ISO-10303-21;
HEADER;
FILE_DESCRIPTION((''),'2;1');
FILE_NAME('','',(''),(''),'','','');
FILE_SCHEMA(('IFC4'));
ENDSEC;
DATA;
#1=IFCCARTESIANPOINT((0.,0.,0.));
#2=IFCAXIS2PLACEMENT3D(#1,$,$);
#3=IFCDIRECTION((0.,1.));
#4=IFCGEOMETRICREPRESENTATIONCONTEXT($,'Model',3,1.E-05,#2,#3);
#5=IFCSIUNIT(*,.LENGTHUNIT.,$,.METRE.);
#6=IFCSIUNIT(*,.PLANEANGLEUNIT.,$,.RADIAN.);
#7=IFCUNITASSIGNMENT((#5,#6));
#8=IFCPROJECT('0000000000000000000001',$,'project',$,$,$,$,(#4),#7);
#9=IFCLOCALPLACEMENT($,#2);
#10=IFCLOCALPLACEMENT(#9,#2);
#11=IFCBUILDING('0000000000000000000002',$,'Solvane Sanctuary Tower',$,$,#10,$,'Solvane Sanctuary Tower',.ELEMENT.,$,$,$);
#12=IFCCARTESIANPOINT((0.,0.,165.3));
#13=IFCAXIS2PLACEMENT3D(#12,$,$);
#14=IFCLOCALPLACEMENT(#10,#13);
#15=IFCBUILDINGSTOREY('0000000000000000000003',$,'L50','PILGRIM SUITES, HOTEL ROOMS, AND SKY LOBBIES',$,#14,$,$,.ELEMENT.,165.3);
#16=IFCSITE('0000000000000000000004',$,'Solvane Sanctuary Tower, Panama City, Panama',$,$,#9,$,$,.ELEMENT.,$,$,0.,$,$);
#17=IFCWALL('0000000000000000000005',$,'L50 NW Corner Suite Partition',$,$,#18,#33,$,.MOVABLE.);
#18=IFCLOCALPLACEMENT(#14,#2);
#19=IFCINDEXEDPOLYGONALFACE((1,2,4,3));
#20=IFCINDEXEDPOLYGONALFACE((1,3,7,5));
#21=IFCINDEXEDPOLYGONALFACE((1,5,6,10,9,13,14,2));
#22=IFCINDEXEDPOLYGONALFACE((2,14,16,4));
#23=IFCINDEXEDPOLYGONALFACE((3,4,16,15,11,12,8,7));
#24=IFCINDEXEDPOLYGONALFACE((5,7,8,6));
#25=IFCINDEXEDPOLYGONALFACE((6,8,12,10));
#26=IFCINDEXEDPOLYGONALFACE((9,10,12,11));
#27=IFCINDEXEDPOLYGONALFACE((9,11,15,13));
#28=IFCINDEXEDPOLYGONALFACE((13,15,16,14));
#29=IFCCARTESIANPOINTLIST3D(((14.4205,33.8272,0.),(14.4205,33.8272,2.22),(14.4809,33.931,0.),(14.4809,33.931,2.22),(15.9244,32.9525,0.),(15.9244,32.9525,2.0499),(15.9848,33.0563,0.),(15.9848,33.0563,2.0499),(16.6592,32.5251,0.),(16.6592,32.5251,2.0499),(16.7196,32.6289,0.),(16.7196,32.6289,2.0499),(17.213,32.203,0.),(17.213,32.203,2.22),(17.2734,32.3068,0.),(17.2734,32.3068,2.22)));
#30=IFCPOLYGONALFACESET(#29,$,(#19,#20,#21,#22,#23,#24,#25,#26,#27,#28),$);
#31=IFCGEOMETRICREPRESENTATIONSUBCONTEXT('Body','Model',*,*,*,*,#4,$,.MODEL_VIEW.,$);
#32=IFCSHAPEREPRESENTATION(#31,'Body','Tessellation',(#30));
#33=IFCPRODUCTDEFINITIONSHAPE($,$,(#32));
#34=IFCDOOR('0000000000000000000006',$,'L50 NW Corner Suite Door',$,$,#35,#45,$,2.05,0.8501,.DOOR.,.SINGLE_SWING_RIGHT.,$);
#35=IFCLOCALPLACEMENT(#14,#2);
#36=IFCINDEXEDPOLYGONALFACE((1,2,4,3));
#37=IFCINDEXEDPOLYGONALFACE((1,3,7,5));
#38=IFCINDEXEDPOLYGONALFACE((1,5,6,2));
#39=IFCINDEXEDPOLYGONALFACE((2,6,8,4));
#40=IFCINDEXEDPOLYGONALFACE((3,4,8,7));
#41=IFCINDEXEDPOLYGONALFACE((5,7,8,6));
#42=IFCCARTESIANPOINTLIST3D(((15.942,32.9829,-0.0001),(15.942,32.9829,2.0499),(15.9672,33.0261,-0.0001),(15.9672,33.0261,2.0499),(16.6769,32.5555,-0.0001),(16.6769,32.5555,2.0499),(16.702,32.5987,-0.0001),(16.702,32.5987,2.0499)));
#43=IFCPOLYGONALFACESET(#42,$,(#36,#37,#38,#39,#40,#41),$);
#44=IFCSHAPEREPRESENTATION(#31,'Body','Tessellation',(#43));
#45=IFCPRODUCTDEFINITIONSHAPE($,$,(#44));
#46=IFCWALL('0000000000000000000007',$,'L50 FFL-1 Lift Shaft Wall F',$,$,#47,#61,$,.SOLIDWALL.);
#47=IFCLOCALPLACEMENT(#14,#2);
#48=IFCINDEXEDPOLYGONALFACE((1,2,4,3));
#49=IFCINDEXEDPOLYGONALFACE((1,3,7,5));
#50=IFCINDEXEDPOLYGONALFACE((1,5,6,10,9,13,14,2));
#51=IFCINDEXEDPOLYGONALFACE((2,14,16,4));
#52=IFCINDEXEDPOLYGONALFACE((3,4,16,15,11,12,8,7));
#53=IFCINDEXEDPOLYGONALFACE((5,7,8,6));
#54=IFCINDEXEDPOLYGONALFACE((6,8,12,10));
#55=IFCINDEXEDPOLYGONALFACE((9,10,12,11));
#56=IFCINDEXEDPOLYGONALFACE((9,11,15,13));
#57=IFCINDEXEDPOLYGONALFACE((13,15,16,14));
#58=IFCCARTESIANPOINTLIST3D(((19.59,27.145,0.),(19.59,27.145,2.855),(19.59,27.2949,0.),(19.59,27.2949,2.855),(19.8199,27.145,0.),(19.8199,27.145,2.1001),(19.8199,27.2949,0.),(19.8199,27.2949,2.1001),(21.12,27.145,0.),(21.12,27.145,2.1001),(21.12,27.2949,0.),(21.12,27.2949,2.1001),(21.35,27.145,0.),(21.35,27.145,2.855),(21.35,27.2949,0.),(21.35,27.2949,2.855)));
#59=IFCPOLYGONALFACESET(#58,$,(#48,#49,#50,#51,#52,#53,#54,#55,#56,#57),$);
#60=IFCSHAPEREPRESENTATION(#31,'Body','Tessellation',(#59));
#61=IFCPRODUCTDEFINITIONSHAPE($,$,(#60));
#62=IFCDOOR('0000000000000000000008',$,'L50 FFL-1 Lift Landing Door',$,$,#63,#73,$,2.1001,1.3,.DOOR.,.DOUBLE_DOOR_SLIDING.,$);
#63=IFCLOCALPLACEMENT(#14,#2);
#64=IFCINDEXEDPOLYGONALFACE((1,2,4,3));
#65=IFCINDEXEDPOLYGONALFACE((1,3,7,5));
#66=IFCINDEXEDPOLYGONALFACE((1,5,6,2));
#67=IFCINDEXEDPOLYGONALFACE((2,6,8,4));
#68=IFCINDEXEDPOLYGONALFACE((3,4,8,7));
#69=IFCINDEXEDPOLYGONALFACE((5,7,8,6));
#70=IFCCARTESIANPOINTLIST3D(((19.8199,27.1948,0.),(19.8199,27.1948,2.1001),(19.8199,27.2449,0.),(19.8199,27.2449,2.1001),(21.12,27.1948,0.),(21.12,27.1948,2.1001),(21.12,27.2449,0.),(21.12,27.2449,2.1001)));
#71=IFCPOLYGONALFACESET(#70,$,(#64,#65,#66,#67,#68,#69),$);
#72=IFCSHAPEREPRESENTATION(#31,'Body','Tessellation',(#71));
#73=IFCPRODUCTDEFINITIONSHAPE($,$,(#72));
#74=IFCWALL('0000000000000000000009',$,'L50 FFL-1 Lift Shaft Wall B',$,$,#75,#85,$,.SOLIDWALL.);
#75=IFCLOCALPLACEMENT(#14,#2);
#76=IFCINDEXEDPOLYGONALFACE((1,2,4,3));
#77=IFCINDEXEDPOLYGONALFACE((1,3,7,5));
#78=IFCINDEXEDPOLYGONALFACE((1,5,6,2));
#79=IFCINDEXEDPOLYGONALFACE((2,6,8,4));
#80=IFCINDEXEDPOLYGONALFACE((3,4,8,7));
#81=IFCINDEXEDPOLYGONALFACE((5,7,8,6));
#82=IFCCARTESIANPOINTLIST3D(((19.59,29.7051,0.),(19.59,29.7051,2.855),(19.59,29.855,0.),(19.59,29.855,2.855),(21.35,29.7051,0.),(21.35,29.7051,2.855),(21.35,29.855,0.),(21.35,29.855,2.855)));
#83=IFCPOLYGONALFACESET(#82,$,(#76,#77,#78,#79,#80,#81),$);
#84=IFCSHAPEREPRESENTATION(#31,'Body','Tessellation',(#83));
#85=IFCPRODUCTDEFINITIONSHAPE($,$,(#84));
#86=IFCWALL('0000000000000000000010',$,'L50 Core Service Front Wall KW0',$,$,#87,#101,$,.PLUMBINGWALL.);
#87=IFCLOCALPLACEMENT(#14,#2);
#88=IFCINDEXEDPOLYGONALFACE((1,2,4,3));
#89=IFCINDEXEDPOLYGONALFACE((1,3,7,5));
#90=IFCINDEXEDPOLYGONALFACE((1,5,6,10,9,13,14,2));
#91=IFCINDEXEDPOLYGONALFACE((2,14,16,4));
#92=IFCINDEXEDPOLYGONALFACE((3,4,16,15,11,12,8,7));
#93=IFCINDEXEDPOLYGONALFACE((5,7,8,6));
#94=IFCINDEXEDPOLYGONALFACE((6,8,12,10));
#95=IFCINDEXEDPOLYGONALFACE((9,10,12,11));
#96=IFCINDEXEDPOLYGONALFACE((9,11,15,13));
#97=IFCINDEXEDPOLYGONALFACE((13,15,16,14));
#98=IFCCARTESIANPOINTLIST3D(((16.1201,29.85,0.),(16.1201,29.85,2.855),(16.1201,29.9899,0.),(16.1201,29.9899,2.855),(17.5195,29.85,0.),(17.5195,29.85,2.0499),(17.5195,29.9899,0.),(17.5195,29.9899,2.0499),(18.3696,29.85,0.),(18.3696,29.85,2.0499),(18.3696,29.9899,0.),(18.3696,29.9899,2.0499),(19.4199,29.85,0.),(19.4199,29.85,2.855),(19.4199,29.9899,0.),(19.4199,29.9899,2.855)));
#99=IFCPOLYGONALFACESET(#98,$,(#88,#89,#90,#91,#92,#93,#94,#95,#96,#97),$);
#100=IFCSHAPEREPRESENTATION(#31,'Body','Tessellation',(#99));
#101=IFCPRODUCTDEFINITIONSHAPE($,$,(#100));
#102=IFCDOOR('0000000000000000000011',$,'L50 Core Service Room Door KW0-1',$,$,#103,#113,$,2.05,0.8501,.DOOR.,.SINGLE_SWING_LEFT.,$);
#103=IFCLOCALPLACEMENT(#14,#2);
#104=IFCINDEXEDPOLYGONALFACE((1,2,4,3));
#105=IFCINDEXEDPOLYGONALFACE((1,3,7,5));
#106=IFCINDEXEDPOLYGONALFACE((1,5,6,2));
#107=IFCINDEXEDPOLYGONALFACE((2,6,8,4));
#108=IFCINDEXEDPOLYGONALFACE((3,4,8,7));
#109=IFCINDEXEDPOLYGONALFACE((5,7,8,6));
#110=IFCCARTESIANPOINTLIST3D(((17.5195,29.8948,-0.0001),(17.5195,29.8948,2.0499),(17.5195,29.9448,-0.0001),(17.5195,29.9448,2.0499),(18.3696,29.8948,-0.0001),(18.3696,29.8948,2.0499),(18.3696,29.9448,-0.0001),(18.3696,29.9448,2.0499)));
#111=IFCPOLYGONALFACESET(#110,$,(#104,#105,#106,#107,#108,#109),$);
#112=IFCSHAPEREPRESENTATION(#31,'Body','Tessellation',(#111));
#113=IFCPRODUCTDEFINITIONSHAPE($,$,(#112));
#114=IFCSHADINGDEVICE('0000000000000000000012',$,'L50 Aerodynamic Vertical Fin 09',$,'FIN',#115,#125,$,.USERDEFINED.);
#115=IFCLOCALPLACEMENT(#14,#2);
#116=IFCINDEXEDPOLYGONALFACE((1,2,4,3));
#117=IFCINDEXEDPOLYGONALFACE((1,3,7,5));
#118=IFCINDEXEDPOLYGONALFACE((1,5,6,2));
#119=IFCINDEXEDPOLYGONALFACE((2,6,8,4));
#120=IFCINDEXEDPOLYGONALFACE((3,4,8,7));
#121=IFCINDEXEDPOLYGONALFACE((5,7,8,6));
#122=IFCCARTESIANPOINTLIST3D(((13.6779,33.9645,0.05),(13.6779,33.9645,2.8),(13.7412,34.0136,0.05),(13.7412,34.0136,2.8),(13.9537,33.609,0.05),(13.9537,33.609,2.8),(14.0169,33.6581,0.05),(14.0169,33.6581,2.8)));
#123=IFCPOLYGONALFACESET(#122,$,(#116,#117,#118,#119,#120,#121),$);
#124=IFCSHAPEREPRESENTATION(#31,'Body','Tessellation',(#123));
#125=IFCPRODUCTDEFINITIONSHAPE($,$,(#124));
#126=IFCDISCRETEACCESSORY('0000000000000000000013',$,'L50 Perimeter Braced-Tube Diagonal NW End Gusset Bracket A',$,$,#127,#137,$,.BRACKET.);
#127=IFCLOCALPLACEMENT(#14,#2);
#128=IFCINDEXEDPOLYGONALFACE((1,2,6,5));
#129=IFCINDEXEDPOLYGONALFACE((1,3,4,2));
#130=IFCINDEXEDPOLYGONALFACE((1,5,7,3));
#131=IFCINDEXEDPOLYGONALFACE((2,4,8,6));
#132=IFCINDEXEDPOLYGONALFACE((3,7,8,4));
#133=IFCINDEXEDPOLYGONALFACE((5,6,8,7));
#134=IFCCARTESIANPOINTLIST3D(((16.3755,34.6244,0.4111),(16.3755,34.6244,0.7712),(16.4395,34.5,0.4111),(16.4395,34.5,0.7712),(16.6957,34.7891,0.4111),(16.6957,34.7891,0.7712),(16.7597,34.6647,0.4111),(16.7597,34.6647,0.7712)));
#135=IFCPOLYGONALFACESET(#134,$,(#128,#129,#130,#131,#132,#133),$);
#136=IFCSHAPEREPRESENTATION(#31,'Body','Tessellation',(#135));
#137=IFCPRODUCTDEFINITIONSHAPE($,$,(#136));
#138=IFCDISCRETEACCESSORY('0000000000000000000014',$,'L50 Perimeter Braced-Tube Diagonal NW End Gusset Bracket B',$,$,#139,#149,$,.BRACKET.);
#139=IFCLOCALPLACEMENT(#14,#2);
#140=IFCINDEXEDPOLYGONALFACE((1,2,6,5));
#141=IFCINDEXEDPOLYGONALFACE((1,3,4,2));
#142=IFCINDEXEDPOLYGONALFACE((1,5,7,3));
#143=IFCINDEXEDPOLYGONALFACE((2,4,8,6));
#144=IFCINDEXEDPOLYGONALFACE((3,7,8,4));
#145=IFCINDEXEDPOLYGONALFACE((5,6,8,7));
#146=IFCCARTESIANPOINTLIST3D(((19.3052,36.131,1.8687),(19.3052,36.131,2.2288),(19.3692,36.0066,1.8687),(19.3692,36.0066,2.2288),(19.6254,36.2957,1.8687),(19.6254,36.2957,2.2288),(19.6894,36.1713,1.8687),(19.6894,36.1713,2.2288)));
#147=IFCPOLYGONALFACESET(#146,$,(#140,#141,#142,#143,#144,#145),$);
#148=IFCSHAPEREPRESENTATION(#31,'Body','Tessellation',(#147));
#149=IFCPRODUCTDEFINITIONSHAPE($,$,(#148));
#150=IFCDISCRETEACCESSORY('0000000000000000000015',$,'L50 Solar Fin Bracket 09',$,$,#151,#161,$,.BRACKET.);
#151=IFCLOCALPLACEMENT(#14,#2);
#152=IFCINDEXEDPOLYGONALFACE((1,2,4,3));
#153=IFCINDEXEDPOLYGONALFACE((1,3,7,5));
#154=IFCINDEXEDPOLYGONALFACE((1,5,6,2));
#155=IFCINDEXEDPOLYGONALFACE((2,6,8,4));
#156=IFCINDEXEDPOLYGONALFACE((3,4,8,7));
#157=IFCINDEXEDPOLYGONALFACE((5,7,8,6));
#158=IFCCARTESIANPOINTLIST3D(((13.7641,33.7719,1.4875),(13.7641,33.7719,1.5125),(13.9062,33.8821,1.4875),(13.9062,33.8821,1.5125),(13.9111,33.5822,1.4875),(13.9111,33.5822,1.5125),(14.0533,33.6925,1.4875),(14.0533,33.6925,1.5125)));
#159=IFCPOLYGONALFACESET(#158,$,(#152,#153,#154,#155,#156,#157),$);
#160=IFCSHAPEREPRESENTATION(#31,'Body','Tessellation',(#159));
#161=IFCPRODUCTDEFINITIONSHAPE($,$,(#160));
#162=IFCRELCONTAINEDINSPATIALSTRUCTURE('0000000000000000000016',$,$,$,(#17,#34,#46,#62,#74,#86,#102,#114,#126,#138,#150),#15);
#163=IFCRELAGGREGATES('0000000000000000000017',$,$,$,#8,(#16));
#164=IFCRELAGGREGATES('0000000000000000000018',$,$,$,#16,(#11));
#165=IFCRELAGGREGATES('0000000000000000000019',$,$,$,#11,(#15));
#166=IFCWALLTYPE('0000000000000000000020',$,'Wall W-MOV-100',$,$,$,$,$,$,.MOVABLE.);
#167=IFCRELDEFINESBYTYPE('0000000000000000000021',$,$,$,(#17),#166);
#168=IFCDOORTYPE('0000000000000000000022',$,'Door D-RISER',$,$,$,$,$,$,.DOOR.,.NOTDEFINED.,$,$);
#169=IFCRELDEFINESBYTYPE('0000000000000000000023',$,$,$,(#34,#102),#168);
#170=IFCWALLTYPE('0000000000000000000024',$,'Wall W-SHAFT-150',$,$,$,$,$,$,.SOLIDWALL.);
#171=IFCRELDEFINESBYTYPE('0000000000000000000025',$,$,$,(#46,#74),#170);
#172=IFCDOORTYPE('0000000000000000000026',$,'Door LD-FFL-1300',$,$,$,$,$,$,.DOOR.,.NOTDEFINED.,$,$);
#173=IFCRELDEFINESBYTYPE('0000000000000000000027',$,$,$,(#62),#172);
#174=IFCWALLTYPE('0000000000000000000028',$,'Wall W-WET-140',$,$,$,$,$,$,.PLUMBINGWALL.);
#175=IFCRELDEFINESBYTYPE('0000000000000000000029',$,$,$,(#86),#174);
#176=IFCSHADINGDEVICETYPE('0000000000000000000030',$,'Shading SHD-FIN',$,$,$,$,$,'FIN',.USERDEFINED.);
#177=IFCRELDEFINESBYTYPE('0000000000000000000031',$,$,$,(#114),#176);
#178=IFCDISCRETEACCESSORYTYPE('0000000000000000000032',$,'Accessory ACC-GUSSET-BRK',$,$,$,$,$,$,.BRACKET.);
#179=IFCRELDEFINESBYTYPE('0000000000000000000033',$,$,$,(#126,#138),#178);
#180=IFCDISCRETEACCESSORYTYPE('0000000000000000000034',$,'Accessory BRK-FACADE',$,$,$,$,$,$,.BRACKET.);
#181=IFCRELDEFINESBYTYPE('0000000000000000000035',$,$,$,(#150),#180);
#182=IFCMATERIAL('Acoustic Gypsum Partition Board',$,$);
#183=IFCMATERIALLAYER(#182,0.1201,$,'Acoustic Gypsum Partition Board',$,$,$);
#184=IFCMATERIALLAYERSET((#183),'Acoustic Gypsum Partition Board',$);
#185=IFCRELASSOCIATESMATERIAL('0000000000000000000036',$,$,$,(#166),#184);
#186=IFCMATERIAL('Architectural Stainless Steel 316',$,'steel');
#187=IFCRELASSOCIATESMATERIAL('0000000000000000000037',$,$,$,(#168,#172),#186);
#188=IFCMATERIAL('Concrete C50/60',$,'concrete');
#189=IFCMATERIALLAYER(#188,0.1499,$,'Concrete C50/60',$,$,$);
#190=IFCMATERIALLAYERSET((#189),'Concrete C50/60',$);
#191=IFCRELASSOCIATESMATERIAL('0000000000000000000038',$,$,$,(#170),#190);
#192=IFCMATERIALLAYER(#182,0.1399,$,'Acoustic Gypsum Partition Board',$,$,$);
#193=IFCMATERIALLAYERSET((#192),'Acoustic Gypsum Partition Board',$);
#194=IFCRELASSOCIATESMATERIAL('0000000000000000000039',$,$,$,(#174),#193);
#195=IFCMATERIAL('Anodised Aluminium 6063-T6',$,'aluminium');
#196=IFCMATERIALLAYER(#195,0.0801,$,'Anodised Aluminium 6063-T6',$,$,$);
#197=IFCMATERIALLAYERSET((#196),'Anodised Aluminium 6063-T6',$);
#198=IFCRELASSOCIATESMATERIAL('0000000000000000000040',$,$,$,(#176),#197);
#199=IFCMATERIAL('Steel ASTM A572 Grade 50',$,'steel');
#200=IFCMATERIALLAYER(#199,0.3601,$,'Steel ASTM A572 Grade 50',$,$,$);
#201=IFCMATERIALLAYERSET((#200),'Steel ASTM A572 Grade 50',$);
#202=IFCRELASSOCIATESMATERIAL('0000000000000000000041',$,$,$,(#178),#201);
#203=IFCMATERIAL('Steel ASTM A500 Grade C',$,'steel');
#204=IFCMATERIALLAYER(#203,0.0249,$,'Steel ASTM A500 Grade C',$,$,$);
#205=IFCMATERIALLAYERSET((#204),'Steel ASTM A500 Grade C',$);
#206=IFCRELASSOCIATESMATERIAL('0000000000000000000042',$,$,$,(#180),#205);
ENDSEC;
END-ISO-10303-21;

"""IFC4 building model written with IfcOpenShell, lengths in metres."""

from ifc_helpers import new_model, si_unit, direction, frame, frame_2d, origin, origin_2d, place, context, subcontext, project, spatial, rectangle, extrude, material, layer, layer_set, type_object, element, fill, save


model = new_model("IFC4")

# Units and contexts
model_context = context("Model", 3, precision=1e-05, world=origin(), true_north=direction((0.0, 1.0)))
body_context = subcontext(model_context, "Body", "Model", "MODEL_VIEW")
ifc_project = project(units=[si_unit("LENGTHUNIT", "METRE"), si_unit("PLANEANGLEUNIT", "RADIAN")], contexts=[model_context])

# Site, building, storey
site_placement = place(None, origin())
site = spatial("IfcSite", under=ifc_project, at=site_placement, Name="Solvane Sanctuary Tower, Panama City, Panama", CompositionType="ELEMENT", RefElevation=0.0)
building_placement = place(site_placement, origin())
building = spatial("IfcBuilding", under=site, at=building_placement, Name="Solvane Sanctuary Tower", LongName="Solvane Sanctuary Tower", CompositionType="ELEMENT")
storey_placement = place(building_placement, frame((0.0, 0.0, 165.3)))
storey = spatial("IfcBuildingStorey", under=building, at=storey_placement, Name="L50", Description="PILGRIM SUITES, HOTEL ROOMS, AND SKY LOBBIES", CompositionType="ELEMENT", Elevation=165.3)

# Shared definitions
ifc_material_1 = material(Name="Acoustic Gypsum Partition Board")

# Walls, openings, doors
ifc_layer_1 = layer(ifc_material_1, 0.1201, Name="Acoustic Gypsum Partition Board")
ifc_layer_set_1 = layer_set([ifc_layer_1], Name="Acoustic Gypsum Partition Board")
wall_type_1 = type_object("IfcWallType", Name="Wall W-MOV-100", PredefinedType="MOVABLE", material=ifc_layer_set_1)
wall_1_placement = place(storey_placement, frame((17.2432, 32.2549, 0.0), z_axis=(0.0, 0.0, 1.0), x_axis=(-0.864409, 0.50279, 0.0)))
wall_1 = element("IfcWall", 1, at=wall_1_placement, inside=storey, type_object=wall_type_1, Name="L50 NW Corner Suite Partition", PredefinedType="MOVABLE", context=body_context, shape_type="SweptSolid", body=[
    extrude(rectangle(XDim=3.2305, YDim=0.1201, at=frame_2d((1.6152, 0.0))), origin(), (0.0, 0.0, 1.0), 2.22),
])
opening_1_placement = place(wall_1_placement, frame((0.6406, 0.0, 0.0)))
opening_1 = element("IfcOpeningElement", 2, at=opening_1_placement, cuts=wall_1, PredefinedType="OPENING", context=body_context, shape_type="SweptSolid", body=[
    extrude(rectangle(XDim=0.8501, YDim=2.05, at=frame_2d((0.425, 1.0249))), frame((0.0, 0.0701, 0.0), z_axis=(0.0, -1.0, 0.0), x_axis=(1.0, 0.0, 0.0)), (0.0, 0.0, 1.0), 0.1401),
])
ifc_material_2 = material(Name="Architectural Stainless Steel 316", Category="steel")
door_type_1 = type_object("IfcDoorType", Name="Door D-RISER", OperationType="NOTDEFINED", PredefinedType="DOOR", material=ifc_material_2)
door_1_placement = place(opening_1_placement, origin())
door_1 = element("IfcDoor", 3, at=door_1_placement, inside=storey, type_object=door_type_1, Name="L50 NW Corner Suite Door", OperationType="SINGLE_SWING_RIGHT", OverallHeight=2.05, OverallWidth=0.8501, PredefinedType="DOOR", context=body_context, shape_type="SweptSolid", body=[
    extrude(rectangle(XDim=0.8501, YDim=2.05, at=frame_2d((0.425, 1.0249))), frame((0.0, 0.0249, 0.0), z_axis=(0.0, -1.0, 0.0), x_axis=(1.0, 0.0, 0.0)), (0.0, 0.0, 1.0), 0.05),
])
fill(opening_1, door_1)
ifc_material_3 = material(Name="Concrete C50/60", Category="concrete")
ifc_layer_2 = layer(ifc_material_3, 0.1499, Name="Concrete C50/60")
ifc_layer_set_2 = layer_set([ifc_layer_2], Name="Concrete C50/60")
wall_type_2 = type_object("IfcWallType", Name="Wall W-SHAFT-150", PredefinedType="SOLIDWALL", material=ifc_layer_set_2)
wall_2_placement = place(storey_placement, frame((19.5901, 27.22, 0.0), z_axis=(0.0, 0.0, 1.0), x_axis=(1.0, 0.0, 0.0)))
wall_2 = element("IfcWall", 4, at=wall_2_placement, inside=storey, type_object=wall_type_2, Name="L50 FFL-1 Lift Shaft Wall F", PredefinedType="SOLIDWALL", context=body_context, shape_type="SweptSolid", body=[
    extrude(rectangle(XDim=1.76, YDim=0.1499, at=frame_2d((0.8799, 0.0))), origin(), (0.0, 0.0, 1.0), 2.855),
])
opening_2_placement = place(wall_2_placement, frame((0.23, 0.0, 0.0)))
opening_2 = element("IfcOpeningElement", 5, at=opening_2_placement, cuts=wall_2, PredefinedType="OPENING", context=body_context, shape_type="SweptSolid", body=[
    extrude(rectangle(XDim=1.3, YDim=2.1001, at=frame_2d((0.6499, 1.05))), frame((0.0, 0.085, 0.0), z_axis=(0.0, -1.0, 0.0), x_axis=(1.0, 0.0, 0.0)), (0.0, 0.0, 1.0), 0.1699),
])
door_type_2 = type_object("IfcDoorType", Name="Door LD-FFL-1300", OperationType="NOTDEFINED", PredefinedType="DOOR", material=ifc_material_2)
door_2_placement = place(opening_2_placement, origin())
door_2 = element("IfcDoor", 6, at=door_2_placement, inside=storey, type_object=door_type_2, Name="L50 FFL-1 Lift Landing Door", OperationType="DOUBLE_DOOR_SLIDING", OverallHeight=2.1001, OverallWidth=1.3, PredefinedType="DOOR", context=body_context, shape_type="SweptSolid", body=[
    extrude(rectangle(XDim=1.3, YDim=2.1001, at=frame_2d((0.6499, 1.05))), frame((0.0, 0.0249, 0.0), z_axis=(0.0, -1.0, 0.0), x_axis=(1.0, 0.0, 0.0)), (0.0, 0.0, 1.0), 0.05),
])
fill(opening_2, door_2)

# Wall
wall_3_placement = place(storey_placement, frame((19.5901, 29.78, 0.0), z_axis=(0.0, 0.0, 1.0), x_axis=(1.0, 0.0, 0.0)))
element("IfcWall", 7, at=wall_3_placement, inside=storey, type_object=wall_type_2, Name="L50 FFL-1 Lift Shaft Wall B", PredefinedType="SOLIDWALL", context=body_context, shape_type="SweptSolid", body=[
    extrude(rectangle(XDim=1.76, YDim=0.1499, at=frame_2d((0.8799, 0.0))), origin(), (0.0, 0.0, 1.0), 2.855),
])

# Wall, opening, door
ifc_layer_3 = layer(ifc_material_1, 0.1399, Name="Acoustic Gypsum Partition Board")
ifc_layer_set_3 = layer_set([ifc_layer_3], Name="Acoustic Gypsum Partition Board")
wall_type_3 = type_object("IfcWallType", Name="Wall W-WET-140", PredefinedType="PLUMBINGWALL", material=ifc_layer_set_3)
wall_4_placement = place(storey_placement, frame((16.1201, 29.9199, 0.0), z_axis=(0.0, 0.0, 1.0), x_axis=(1.0, 0.0, 0.0)))
wall_4 = element("IfcWall", 8, at=wall_4_placement, inside=storey, type_object=wall_type_3, Name="L50 Core Service Front Wall KW0", PredefinedType="PLUMBINGWALL", context=body_context, shape_type="SweptSolid", body=[
    extrude(rectangle(XDim=3.2998, YDim=0.1399, at=frame_2d((1.6499, 0.0))), origin(), (0.0, 0.0, 1.0), 2.855),
])
opening_3_placement = place(wall_4_placement, frame((1.3994, 0.0, 0.0)))
opening_3 = element("IfcOpeningElement", 9, at=opening_3_placement, cuts=wall_4, PredefinedType="OPENING", context=body_context, shape_type="SweptSolid", body=[
    extrude(rectangle(XDim=0.8501, YDim=2.05, at=frame_2d((0.425, 1.0249))), frame((0.0, 0.0798, 0.0), z_axis=(0.0, -1.0, 0.0), x_axis=(1.0, 0.0, 0.0)), (0.0, 0.0, 1.0), 0.1599),
])
door_3_placement = place(opening_3_placement, origin())
door_3 = element("IfcDoor", 10, at=door_3_placement, inside=storey, type_object=door_type_1, Name="L50 Core Service Room Door KW0-1", OperationType="SINGLE_SWING_LEFT", OverallHeight=2.05, OverallWidth=0.8501, PredefinedType="DOOR", context=body_context, shape_type="SweptSolid", body=[
    extrude(rectangle(XDim=0.8501, YDim=2.05, at=frame_2d((0.425, 1.0249))), frame((0.0, 0.0249, 0.0), z_axis=(0.0, -1.0, 0.0), x_axis=(1.0, 0.0, 0.0)), (0.0, 0.0, 1.0), 0.05),
])
fill(opening_3, door_3)

# Shading device
ifc_material_4 = material(Name="Anodised Aluminium 6063-T6", Category="aluminium")
ifc_layer_4 = layer(ifc_material_4, 0.0801, Name="Anodised Aluminium 6063-T6")
ifc_layer_set_4 = layer_set([ifc_layer_4], Name="Anodised Aluminium 6063-T6")
shading_device_type = type_object("IfcShadingDeviceType", Name="Shading SHD-FIN", ElementType="FIN", PredefinedType="USERDEFINED", material=ifc_layer_set_4)
shading_device_placement = place(storey_placement, frame((13.8474, 33.8113, 0.05), z_axis=(0.0, 0.0, 1.0), x_axis=(-0.790166, -0.612893, 0.0)))
element("IfcShadingDevice", 11, at=shading_device_placement, inside=storey, type_object=shading_device_type, Name="L50 Aerodynamic Vertical Fin 09", ObjectType="FIN", PredefinedType="USERDEFINED", context=body_context, shape_type="SweptSolid", body=[
    extrude(rectangle(XDim=0.0801, YDim=0.45, at=origin_2d()), origin(), (0.0, 0.0, 1.0), 2.75),
])

# Discrete accessories
ifc_material_5 = material(Name="Steel ASTM A572 Grade 50", Category="steel")
ifc_layer_5 = layer(ifc_material_5, 0.3601, Name="Steel ASTM A572 Grade 50")
ifc_layer_set_5 = layer_set([ifc_layer_5], Name="Steel ASTM A572 Grade 50")
discrete_accessory_type_1 = type_object("IfcDiscreteAccessoryType", Name="Accessory ACC-GUSSET-BRK", PredefinedType="BRACKET", material=ifc_layer_set_5)
for number, where, z_axis, x_axis, name in (
    (12, (16.5676, 34.6445, 0.4111), (0.0, 0.0, 1.0), (0.889257, 0.457408, 0.0), "L50 Perimeter Braced-Tube Diagonal NW End Gusset Bracket A"),
    (13, (19.4973, 36.1511, 1.8687), (0.0, 0.0, 1.0), (0.889257, 0.457408, 0.0), "L50 Perimeter Braced-Tube Diagonal NW End Gusset Bracket B"),
):
    element("IfcDiscreteAccessory", number, at=place(storey_placement, frame(where, z_axis=z_axis, x_axis=x_axis)), inside=storey, type_object=discrete_accessory_type_1, Name=name, PredefinedType="BRACKET", context=body_context, shape_type="SweptSolid", body=[
        extrude(rectangle(XDim=0.3601, YDim=0.1399, at=origin_2d()), origin(), (0.0, 0.0, 1.0), 0.3601),
    ])
ifc_material_6 = material(Name="Steel ASTM A500 Grade C", Category="steel")
ifc_layer_6 = layer(ifc_material_6, 0.0249, Name="Steel ASTM A500 Grade C")
ifc_layer_set_6 = layer_set([ifc_layer_6], Name="Steel ASTM A500 Grade C")
discrete_accessory_type_2 = type_object("IfcDiscreteAccessoryType", Name="Accessory BRK-FACADE", PredefinedType="BRACKET", material=ifc_layer_set_6)
discrete_accessory_placement = place(storey_placement, frame((13.9087, 33.7322, 1.4875), z_axis=(0.0, 0.0, 1.0), x_axis=(-0.790166, -0.612893, 0.0)))
element("IfcDiscreteAccessory", 14, at=discrete_accessory_placement, inside=storey, type_object=discrete_accessory_type_2, Name="L50 Solar Fin Bracket 09", PredefinedType="BRACKET", context=body_context, shape_type="SweptSolid", body=[
    extrude(rectangle(XDim=0.1799, YDim=0.24, at=origin_2d()), origin(), (0.0, 0.0, 1.0), 0.0249),
])

save(model, "model.ifc")
